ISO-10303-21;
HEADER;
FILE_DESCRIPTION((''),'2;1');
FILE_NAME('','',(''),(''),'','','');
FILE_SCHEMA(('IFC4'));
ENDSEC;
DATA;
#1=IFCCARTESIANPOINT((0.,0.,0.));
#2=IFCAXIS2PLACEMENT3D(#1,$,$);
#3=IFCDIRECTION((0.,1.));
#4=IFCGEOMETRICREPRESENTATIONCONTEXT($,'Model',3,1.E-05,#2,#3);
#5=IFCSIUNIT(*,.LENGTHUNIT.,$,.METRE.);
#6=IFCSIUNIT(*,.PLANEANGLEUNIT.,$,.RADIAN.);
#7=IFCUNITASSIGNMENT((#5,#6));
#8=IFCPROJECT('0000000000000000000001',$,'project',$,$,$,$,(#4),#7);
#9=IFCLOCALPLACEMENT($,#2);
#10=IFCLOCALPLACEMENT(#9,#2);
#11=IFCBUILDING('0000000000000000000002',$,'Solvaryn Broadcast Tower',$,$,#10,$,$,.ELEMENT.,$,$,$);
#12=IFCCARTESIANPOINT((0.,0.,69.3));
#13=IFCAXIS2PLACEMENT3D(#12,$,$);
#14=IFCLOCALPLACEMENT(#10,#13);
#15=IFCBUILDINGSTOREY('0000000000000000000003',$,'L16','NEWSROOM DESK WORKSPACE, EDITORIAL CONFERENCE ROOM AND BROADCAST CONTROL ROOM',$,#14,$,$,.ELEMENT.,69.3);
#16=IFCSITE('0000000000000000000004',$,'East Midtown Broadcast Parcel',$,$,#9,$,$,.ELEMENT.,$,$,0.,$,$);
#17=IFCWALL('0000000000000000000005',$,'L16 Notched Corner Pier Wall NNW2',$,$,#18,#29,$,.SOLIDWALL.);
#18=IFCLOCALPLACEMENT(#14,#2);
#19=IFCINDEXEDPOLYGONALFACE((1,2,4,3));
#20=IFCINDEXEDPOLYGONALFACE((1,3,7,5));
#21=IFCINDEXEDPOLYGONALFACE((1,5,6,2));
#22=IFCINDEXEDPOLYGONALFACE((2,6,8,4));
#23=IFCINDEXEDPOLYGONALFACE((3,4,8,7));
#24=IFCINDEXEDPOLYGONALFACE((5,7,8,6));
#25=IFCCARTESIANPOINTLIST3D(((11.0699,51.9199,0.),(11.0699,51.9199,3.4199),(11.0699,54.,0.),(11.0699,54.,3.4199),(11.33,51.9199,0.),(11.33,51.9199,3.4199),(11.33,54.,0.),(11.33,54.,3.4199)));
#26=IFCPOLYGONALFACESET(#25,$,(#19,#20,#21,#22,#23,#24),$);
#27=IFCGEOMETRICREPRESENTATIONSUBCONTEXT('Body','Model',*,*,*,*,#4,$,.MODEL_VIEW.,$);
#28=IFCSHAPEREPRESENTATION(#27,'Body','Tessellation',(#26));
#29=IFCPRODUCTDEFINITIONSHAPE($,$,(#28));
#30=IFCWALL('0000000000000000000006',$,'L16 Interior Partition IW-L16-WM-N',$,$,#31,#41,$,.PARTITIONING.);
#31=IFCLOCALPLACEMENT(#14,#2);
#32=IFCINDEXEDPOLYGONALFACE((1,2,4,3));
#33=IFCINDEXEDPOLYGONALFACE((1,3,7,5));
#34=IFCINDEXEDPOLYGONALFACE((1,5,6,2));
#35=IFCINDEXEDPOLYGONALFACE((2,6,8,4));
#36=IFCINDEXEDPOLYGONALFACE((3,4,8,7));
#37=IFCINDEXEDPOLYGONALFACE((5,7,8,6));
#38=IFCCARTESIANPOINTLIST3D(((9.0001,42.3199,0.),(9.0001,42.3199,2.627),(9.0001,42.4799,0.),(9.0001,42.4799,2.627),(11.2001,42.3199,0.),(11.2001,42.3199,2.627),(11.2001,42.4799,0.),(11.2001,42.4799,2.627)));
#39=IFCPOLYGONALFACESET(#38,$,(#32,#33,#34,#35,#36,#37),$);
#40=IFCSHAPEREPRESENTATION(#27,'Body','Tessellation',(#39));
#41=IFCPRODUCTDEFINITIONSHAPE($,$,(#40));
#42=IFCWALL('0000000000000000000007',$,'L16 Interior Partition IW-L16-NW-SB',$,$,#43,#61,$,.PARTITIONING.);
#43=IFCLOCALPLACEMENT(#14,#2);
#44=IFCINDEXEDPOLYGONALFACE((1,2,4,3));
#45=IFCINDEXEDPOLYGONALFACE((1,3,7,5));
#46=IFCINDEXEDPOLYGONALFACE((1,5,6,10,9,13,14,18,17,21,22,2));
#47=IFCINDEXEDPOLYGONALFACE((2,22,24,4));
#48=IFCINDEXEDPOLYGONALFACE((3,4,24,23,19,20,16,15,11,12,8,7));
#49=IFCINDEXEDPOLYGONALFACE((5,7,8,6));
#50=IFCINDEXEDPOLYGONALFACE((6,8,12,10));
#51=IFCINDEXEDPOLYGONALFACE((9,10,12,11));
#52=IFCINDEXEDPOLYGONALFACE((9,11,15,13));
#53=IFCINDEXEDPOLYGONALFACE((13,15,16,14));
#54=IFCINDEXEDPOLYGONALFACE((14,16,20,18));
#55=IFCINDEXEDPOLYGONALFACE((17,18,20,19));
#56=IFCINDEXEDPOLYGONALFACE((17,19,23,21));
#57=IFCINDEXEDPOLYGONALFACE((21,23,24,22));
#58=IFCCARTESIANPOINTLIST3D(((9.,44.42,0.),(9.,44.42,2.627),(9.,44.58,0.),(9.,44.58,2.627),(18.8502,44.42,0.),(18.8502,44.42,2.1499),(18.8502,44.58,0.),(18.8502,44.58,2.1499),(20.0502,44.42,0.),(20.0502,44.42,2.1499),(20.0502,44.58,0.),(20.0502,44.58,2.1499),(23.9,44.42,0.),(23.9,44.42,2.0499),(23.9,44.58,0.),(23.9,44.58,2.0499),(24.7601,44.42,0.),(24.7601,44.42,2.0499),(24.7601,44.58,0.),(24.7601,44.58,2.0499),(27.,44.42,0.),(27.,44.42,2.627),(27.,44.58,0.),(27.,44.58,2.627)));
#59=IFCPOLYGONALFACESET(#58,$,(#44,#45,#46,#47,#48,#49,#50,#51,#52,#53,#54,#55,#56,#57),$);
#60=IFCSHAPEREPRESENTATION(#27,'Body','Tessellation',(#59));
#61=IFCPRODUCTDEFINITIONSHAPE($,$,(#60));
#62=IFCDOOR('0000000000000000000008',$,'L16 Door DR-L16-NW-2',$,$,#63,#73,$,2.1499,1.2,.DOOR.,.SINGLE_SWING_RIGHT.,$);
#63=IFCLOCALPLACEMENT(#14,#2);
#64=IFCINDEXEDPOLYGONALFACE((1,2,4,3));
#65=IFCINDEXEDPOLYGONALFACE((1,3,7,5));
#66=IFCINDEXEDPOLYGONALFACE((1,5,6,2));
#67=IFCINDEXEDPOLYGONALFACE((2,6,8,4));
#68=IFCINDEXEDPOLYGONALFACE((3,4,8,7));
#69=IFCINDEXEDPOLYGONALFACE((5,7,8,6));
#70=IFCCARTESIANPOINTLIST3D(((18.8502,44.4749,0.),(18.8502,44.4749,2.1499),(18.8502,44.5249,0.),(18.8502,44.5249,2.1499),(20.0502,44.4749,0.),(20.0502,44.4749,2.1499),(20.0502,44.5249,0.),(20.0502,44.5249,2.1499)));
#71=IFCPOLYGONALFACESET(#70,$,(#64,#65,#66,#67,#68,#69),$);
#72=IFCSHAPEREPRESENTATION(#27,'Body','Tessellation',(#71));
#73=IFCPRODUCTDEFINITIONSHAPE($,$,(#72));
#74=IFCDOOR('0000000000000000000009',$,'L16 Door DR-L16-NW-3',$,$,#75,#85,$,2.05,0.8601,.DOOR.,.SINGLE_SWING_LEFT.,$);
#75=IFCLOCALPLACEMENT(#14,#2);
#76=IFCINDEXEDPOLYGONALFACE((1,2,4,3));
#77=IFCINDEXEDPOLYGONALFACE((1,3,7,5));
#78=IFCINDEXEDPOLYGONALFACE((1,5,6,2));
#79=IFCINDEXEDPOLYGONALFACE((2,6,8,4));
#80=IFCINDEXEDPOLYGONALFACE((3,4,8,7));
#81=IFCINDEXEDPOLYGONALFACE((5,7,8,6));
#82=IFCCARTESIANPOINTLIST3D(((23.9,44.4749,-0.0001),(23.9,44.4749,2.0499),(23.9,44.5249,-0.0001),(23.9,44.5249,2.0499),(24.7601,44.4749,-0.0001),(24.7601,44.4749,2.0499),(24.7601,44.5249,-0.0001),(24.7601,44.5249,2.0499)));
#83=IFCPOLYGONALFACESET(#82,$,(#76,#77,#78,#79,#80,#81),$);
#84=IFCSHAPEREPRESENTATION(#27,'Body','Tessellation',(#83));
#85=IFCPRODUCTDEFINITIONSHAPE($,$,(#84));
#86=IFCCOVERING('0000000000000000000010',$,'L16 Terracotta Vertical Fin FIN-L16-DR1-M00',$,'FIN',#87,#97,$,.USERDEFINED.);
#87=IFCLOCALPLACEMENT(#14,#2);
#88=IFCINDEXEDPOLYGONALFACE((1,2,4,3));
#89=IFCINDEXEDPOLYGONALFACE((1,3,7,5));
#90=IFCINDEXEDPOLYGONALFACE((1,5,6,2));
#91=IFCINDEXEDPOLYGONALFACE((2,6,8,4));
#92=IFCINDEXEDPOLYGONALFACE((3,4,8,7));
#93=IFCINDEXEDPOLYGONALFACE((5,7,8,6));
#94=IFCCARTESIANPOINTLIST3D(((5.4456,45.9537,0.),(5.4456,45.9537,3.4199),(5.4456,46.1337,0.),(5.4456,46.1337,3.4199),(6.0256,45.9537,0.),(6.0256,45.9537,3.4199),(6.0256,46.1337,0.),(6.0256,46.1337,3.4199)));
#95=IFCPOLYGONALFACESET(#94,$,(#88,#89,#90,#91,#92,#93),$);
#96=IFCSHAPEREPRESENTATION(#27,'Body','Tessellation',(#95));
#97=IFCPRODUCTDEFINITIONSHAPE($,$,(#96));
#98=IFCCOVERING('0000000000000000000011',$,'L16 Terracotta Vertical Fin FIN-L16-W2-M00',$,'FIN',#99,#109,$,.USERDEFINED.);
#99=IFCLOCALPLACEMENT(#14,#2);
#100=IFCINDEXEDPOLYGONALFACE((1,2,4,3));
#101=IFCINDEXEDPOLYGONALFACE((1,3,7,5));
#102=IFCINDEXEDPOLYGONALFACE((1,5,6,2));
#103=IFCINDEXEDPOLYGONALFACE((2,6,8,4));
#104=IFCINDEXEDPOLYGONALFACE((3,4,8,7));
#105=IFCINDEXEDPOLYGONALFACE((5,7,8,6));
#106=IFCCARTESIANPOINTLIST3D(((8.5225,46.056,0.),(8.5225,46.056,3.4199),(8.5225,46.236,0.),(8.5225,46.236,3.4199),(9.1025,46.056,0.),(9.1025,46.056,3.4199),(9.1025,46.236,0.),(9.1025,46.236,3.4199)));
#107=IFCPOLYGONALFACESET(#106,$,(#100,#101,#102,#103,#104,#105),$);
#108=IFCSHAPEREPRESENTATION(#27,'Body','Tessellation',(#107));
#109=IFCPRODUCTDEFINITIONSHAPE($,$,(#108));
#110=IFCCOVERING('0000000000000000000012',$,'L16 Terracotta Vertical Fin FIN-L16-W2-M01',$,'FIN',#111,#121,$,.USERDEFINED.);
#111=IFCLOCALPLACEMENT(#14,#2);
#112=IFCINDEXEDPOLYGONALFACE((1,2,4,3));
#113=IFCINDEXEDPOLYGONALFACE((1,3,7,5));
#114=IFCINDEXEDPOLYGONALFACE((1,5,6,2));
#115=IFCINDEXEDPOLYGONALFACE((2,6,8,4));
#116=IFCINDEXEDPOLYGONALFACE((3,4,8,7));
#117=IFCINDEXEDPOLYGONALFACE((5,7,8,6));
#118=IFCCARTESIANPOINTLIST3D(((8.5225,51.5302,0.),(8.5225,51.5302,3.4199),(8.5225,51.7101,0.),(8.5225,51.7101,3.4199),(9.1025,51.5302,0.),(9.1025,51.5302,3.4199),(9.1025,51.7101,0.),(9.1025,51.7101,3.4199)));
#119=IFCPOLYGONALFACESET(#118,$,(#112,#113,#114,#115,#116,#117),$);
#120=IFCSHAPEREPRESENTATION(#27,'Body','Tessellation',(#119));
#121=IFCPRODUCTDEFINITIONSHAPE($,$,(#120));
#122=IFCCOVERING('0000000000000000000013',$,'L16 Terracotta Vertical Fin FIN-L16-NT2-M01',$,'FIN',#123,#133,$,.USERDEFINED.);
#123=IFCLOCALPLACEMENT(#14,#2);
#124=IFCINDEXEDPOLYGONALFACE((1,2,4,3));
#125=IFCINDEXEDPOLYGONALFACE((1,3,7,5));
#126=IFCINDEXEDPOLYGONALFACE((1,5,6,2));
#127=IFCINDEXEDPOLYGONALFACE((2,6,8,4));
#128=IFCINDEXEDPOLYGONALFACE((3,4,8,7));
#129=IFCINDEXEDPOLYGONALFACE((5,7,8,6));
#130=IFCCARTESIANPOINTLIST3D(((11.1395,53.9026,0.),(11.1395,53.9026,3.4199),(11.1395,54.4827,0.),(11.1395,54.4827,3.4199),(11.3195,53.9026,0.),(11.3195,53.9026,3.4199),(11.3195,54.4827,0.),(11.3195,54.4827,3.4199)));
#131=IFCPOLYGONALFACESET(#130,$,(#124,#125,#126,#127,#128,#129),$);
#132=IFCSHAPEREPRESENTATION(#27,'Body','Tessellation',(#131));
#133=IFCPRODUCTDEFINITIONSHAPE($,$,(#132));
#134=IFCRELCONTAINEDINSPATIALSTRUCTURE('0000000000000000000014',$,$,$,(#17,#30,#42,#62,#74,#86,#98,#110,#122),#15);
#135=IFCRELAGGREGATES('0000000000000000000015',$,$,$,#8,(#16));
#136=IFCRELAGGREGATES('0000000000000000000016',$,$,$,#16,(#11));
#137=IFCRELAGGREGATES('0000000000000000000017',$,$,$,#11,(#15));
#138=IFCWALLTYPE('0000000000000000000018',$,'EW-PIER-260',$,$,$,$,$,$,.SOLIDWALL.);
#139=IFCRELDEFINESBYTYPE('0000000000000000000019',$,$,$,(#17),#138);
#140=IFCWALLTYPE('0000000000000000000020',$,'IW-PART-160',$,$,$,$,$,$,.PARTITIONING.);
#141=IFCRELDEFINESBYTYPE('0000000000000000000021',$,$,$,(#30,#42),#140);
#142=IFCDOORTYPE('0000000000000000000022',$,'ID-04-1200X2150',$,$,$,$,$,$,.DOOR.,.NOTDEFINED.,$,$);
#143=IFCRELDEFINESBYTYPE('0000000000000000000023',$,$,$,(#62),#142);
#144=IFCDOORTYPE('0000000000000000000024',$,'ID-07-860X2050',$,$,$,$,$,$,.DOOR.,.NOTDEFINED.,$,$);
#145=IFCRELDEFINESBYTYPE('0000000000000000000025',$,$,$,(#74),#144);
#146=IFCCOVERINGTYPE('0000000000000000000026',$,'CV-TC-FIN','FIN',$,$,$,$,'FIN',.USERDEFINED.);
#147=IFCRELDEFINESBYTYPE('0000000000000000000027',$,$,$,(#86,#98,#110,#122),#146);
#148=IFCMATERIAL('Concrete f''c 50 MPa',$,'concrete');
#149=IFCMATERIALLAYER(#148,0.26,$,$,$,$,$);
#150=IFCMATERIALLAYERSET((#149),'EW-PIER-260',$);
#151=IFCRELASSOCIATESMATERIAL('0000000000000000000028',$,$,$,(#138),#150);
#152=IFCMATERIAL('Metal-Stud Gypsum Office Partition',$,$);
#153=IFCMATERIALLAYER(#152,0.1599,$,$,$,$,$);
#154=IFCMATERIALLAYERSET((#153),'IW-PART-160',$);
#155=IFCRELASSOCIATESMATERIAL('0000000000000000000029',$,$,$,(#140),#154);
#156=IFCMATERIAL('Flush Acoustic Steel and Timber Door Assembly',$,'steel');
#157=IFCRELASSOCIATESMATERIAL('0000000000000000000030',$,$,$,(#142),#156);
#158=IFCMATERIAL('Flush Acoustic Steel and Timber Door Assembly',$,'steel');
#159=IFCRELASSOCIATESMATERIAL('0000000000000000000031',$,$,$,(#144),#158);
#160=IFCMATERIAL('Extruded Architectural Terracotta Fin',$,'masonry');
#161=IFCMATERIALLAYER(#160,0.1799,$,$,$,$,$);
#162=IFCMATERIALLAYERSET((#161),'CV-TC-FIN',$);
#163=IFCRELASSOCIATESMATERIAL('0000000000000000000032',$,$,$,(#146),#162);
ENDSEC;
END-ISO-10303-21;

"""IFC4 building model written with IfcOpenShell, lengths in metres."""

from ifc_helpers import new_model, si_unit, direction, frame, frame_2d, origin, origin_2d, place, context, subcontext, project, spatial, rectangle, extrude, material, layer, layer_set, type_object, element, fill, save


model = new_model("IFC4")

# Units and contexts
model_context = context("Model", 3, precision=1e-05, world=origin(), true_north=direction((0.0, 1.0)))
body_context = subcontext(model_context, "Body", "Model", "MODEL_VIEW")
ifc_project = project(units=[si_unit("LENGTHUNIT", "METRE"), si_unit("PLANEANGLEUNIT", "RADIAN")], contexts=[model_context])

# Site, building, storey
site_placement = place(None, origin())
site = spatial("IfcSite", under=ifc_project, at=site_placement, Name="East Midtown Broadcast Parcel", CompositionType="ELEMENT", RefElevation=0.0)
building_placement = place(site_placement, origin())
building = spatial("IfcBuilding", under=site, at=building_placement, Name="Solvaryn Broadcast Tower", CompositionType="ELEMENT")
storey_placement = place(building_placement, frame((0.0, 0.0, 69.3)))
storey = spatial("IfcBuildingStorey", under=building, at=storey_placement, Name="L16", Description="NEWSROOM DESK WORKSPACE, EDITORIAL CONFERENCE ROOM AND BROADCAST CONTROL ROOM", CompositionType="ELEMENT", Elevation=69.3)

# Walls
ifc_material_1 = material(Name="Concrete f'c 50 MPa", Category="concrete")
ifc_layer_1 = layer(ifc_material_1, 0.26)
ifc_layer_set_1 = layer_set([ifc_layer_1], Name="EW-PIER-260")
wall_type_1 = type_object("IfcWallType", Name="EW-PIER-260", PredefinedType="SOLIDWALL", material=ifc_layer_set_1)
wall_1_placement = place(storey_placement, frame((11.2, 51.9199, 0.0), z_axis=(0.0, 0.0, 1.0), x_axis=(0.0, 1.0, 0.0)))
element("IfcWall", 1, at=wall_1_placement, inside=storey, type_object=wall_type_1, Name="L16 Notched Corner Pier Wall NNW2", PredefinedType="SOLIDWALL", context=body_context, shape_type="SweptSolid", body=[
    extrude(rectangle(XDim=2.0801, YDim=0.26, at=frame_2d((1.04, 0.0))), origin(), (0.0, 0.0, 1.0), 3.4199),
])
ifc_material_2 = material(Name="Metal-Stud Gypsum Office Partition")
ifc_layer_2 = layer(ifc_material_2, 0.1599)
ifc_layer_set_2 = layer_set([ifc_layer_2], Name="IW-PART-160")
wall_type_2 = type_object("IfcWallType", Name="IW-PART-160", PredefinedType="PARTITIONING", material=ifc_layer_set_2)
wall_2_placement = place(storey_placement, frame((9.0, 42.3999, 0.0), z_axis=(0.0, 0.0, 1.0), x_axis=(1.0, 0.0, 0.0)))
element("IfcWall", 2, at=wall_2_placement, inside=storey, type_object=wall_type_2, Name="L16 Interior Partition IW-L16-WM-N", PredefinedType="PARTITIONING", context=body_context, shape_type="SweptSolid", body=[
    extrude(rectangle(XDim=2.2, YDim=0.1599, at=frame_2d((1.1001, 0.0))), origin(), (0.0, 0.0, 1.0), 2.627),
])

# Wall, openings, doors
wall_3_placement = place(storey_placement, frame((9.0, 44.5, 0.0), z_axis=(0.0, 0.0, 1.0), x_axis=(1.0, 0.0, 0.0)))
wall_3 = element("IfcWall", 3, at=wall_3_placement, inside=storey, type_object=wall_type_2, Name="L16 Interior Partition IW-L16-NW-SB", PredefinedType="PARTITIONING", context=body_context, shape_type="SweptSolid", body=[
    extrude(rectangle(XDim=18.0, YDim=0.1599, at=frame_2d((9.0, 0.0))), origin(), (0.0, 0.0, 1.0), 2.627),
])
opening_1_placement = place(wall_3_placement, frame((9.8501, 0.0, 0.0)))
opening_1 = element("IfcOpeningElement", 4, at=opening_1_placement, cuts=wall_3, PredefinedType="OPENING", context=body_context, shape_type="SweptSolid", body=[
    extrude(rectangle(XDim=1.2, YDim=2.1499, at=frame_2d((0.6001, 1.075))), frame((0.0, 0.0901, 0.0), z_axis=(0.0, -1.0, 0.0), x_axis=(1.0, 0.0, 0.0)), (0.0, 0.0, 1.0), 0.1799),
])
opening_2_placement = place(wall_3_placement, frame((14.8999, 0.0, 0.0)))
opening_2 = element("IfcOpeningElement", 5, at=opening_2_placement, cuts=wall_3, PredefinedType="OPENING", context=body_context, shape_type="SweptSolid", body=[
    extrude(rectangle(XDim=0.8601, YDim=2.05, at=frame_2d((0.4302, 1.0249))), frame((0.0, 0.0901, 0.0), z_axis=(0.0, -1.0, 0.0), x_axis=(1.0, 0.0, 0.0)), (0.0, 0.0, 1.0), 0.1799),
])
ifc_material_3 = material(Name="Flush Acoustic Steel and Timber Door Assembly", Category="steel")
door_type_1 = type_object("IfcDoorType", Name="ID-04-1200X2150", OperationType="NOTDEFINED", PredefinedType="DOOR", material=ifc_material_3)
door_1_placement = place(opening_1_placement, origin())
door_1 = element("IfcDoor", 6, at=door_1_placement, inside=storey, type_object=door_type_1, Name="L16 Door DR-L16-NW-2", OperationType="SINGLE_SWING_RIGHT", OverallHeight=2.1499, OverallWidth=1.2, PredefinedType="DOOR", context=body_context, shape_type="SweptSolid", body=[
    extrude(rectangle(XDim=1.2, YDim=2.1499, at=frame_2d((0.6001, 1.075))), frame((0.0, 0.0249, 0.0), z_axis=(0.0, -1.0, 0.0), x_axis=(1.0, 0.0, 0.0)), (0.0, 0.0, 1.0), 0.05),
])
fill(opening_1, door_1)
ifc_material_4 = material(Name="Flush Acoustic Steel and Timber Door Assembly", Category="steel")
door_type_2 = type_object("IfcDoorType", Name="ID-07-860X2050", OperationType="NOTDEFINED", PredefinedType="DOOR", material=ifc_material_4)
door_2_placement = place(opening_2_placement, origin())
door_2 = element("IfcDoor", 7, at=door_2_placement, inside=storey, type_object=door_type_2, Name="L16 Door DR-L16-NW-3", OperationType="SINGLE_SWING_LEFT", OverallHeight=2.05, OverallWidth=0.8601, PredefinedType="DOOR", context=body_context, shape_type="SweptSolid", body=[
    extrude(rectangle(XDim=0.8601, YDim=2.05, at=frame_2d((0.4302, 1.0249))), frame((0.0, 0.0249, 0.0), z_axis=(0.0, -1.0, 0.0), x_axis=(1.0, 0.0, 0.0)), (0.0, 0.0, 1.0), 0.05),
])
fill(opening_2, door_2)

# Coverings
ifc_material_5 = material(Name="Extruded Architectural Terracotta Fin", Category="masonry")
ifc_layer_3 = layer(ifc_material_5, 0.1799)
ifc_layer_set_3 = layer_set([ifc_layer_3], Name="CV-TC-FIN")
covering_type = type_object("IfcCoveringType", Name="CV-TC-FIN", Description="FIN", ElementType="FIN", PredefinedType="USERDEFINED", material=ifc_layer_set_3)
for number, where, z_axis, x_axis, name in (
    (8, (5.7356, 46.0437, 0.0), (0.0, 0.0, 1.0), (1.0, 0.0, 0.0), "L16 Terracotta Vertical Fin FIN-L16-DR1-M00"),
    (9, (8.8125, 46.146, 0.0), (0.0, 0.0, 1.0), (1.0, 0.0, 0.0), "L16 Terracotta Vertical Fin FIN-L16-W2-M00"),
    (10, (8.8125, 51.6201, 0.0), (0.0, 0.0, 1.0), (1.0, 0.0, 0.0), "L16 Terracotta Vertical Fin FIN-L16-W2-M01"),
):
    element("IfcCovering", number, at=place(storey_placement, frame(where, z_axis=z_axis, x_axis=x_axis)), inside=storey, type_object=covering_type, Name=name, ObjectType="FIN", PredefinedType="USERDEFINED", context=body_context, shape_type="SweptSolid", body=[
        extrude(rectangle(XDim=0.5801, YDim=0.1799, at=origin_2d()), origin(), (0.0, 0.0, 1.0), 3.4199),
    ])
covering_placement = place(storey_placement, frame((11.2295, 54.1926, 0.0), z_axis=(0.0, 0.0, 1.0), x_axis=(1.0, 0.0, 0.0)))
element("IfcCovering", 11, at=covering_placement, inside=storey, type_object=covering_type, Name="L16 Terracotta Vertical Fin FIN-L16-NT2-M01", ObjectType="FIN", PredefinedType="USERDEFINED", context=body_context, shape_type="SweptSolid", body=[
    extrude(rectangle(XDim=0.1799, YDim=0.5801, at=origin_2d()), origin(), (0.0, 0.0, 1.0), 3.4199),
])

save(model, "model.ifc")
